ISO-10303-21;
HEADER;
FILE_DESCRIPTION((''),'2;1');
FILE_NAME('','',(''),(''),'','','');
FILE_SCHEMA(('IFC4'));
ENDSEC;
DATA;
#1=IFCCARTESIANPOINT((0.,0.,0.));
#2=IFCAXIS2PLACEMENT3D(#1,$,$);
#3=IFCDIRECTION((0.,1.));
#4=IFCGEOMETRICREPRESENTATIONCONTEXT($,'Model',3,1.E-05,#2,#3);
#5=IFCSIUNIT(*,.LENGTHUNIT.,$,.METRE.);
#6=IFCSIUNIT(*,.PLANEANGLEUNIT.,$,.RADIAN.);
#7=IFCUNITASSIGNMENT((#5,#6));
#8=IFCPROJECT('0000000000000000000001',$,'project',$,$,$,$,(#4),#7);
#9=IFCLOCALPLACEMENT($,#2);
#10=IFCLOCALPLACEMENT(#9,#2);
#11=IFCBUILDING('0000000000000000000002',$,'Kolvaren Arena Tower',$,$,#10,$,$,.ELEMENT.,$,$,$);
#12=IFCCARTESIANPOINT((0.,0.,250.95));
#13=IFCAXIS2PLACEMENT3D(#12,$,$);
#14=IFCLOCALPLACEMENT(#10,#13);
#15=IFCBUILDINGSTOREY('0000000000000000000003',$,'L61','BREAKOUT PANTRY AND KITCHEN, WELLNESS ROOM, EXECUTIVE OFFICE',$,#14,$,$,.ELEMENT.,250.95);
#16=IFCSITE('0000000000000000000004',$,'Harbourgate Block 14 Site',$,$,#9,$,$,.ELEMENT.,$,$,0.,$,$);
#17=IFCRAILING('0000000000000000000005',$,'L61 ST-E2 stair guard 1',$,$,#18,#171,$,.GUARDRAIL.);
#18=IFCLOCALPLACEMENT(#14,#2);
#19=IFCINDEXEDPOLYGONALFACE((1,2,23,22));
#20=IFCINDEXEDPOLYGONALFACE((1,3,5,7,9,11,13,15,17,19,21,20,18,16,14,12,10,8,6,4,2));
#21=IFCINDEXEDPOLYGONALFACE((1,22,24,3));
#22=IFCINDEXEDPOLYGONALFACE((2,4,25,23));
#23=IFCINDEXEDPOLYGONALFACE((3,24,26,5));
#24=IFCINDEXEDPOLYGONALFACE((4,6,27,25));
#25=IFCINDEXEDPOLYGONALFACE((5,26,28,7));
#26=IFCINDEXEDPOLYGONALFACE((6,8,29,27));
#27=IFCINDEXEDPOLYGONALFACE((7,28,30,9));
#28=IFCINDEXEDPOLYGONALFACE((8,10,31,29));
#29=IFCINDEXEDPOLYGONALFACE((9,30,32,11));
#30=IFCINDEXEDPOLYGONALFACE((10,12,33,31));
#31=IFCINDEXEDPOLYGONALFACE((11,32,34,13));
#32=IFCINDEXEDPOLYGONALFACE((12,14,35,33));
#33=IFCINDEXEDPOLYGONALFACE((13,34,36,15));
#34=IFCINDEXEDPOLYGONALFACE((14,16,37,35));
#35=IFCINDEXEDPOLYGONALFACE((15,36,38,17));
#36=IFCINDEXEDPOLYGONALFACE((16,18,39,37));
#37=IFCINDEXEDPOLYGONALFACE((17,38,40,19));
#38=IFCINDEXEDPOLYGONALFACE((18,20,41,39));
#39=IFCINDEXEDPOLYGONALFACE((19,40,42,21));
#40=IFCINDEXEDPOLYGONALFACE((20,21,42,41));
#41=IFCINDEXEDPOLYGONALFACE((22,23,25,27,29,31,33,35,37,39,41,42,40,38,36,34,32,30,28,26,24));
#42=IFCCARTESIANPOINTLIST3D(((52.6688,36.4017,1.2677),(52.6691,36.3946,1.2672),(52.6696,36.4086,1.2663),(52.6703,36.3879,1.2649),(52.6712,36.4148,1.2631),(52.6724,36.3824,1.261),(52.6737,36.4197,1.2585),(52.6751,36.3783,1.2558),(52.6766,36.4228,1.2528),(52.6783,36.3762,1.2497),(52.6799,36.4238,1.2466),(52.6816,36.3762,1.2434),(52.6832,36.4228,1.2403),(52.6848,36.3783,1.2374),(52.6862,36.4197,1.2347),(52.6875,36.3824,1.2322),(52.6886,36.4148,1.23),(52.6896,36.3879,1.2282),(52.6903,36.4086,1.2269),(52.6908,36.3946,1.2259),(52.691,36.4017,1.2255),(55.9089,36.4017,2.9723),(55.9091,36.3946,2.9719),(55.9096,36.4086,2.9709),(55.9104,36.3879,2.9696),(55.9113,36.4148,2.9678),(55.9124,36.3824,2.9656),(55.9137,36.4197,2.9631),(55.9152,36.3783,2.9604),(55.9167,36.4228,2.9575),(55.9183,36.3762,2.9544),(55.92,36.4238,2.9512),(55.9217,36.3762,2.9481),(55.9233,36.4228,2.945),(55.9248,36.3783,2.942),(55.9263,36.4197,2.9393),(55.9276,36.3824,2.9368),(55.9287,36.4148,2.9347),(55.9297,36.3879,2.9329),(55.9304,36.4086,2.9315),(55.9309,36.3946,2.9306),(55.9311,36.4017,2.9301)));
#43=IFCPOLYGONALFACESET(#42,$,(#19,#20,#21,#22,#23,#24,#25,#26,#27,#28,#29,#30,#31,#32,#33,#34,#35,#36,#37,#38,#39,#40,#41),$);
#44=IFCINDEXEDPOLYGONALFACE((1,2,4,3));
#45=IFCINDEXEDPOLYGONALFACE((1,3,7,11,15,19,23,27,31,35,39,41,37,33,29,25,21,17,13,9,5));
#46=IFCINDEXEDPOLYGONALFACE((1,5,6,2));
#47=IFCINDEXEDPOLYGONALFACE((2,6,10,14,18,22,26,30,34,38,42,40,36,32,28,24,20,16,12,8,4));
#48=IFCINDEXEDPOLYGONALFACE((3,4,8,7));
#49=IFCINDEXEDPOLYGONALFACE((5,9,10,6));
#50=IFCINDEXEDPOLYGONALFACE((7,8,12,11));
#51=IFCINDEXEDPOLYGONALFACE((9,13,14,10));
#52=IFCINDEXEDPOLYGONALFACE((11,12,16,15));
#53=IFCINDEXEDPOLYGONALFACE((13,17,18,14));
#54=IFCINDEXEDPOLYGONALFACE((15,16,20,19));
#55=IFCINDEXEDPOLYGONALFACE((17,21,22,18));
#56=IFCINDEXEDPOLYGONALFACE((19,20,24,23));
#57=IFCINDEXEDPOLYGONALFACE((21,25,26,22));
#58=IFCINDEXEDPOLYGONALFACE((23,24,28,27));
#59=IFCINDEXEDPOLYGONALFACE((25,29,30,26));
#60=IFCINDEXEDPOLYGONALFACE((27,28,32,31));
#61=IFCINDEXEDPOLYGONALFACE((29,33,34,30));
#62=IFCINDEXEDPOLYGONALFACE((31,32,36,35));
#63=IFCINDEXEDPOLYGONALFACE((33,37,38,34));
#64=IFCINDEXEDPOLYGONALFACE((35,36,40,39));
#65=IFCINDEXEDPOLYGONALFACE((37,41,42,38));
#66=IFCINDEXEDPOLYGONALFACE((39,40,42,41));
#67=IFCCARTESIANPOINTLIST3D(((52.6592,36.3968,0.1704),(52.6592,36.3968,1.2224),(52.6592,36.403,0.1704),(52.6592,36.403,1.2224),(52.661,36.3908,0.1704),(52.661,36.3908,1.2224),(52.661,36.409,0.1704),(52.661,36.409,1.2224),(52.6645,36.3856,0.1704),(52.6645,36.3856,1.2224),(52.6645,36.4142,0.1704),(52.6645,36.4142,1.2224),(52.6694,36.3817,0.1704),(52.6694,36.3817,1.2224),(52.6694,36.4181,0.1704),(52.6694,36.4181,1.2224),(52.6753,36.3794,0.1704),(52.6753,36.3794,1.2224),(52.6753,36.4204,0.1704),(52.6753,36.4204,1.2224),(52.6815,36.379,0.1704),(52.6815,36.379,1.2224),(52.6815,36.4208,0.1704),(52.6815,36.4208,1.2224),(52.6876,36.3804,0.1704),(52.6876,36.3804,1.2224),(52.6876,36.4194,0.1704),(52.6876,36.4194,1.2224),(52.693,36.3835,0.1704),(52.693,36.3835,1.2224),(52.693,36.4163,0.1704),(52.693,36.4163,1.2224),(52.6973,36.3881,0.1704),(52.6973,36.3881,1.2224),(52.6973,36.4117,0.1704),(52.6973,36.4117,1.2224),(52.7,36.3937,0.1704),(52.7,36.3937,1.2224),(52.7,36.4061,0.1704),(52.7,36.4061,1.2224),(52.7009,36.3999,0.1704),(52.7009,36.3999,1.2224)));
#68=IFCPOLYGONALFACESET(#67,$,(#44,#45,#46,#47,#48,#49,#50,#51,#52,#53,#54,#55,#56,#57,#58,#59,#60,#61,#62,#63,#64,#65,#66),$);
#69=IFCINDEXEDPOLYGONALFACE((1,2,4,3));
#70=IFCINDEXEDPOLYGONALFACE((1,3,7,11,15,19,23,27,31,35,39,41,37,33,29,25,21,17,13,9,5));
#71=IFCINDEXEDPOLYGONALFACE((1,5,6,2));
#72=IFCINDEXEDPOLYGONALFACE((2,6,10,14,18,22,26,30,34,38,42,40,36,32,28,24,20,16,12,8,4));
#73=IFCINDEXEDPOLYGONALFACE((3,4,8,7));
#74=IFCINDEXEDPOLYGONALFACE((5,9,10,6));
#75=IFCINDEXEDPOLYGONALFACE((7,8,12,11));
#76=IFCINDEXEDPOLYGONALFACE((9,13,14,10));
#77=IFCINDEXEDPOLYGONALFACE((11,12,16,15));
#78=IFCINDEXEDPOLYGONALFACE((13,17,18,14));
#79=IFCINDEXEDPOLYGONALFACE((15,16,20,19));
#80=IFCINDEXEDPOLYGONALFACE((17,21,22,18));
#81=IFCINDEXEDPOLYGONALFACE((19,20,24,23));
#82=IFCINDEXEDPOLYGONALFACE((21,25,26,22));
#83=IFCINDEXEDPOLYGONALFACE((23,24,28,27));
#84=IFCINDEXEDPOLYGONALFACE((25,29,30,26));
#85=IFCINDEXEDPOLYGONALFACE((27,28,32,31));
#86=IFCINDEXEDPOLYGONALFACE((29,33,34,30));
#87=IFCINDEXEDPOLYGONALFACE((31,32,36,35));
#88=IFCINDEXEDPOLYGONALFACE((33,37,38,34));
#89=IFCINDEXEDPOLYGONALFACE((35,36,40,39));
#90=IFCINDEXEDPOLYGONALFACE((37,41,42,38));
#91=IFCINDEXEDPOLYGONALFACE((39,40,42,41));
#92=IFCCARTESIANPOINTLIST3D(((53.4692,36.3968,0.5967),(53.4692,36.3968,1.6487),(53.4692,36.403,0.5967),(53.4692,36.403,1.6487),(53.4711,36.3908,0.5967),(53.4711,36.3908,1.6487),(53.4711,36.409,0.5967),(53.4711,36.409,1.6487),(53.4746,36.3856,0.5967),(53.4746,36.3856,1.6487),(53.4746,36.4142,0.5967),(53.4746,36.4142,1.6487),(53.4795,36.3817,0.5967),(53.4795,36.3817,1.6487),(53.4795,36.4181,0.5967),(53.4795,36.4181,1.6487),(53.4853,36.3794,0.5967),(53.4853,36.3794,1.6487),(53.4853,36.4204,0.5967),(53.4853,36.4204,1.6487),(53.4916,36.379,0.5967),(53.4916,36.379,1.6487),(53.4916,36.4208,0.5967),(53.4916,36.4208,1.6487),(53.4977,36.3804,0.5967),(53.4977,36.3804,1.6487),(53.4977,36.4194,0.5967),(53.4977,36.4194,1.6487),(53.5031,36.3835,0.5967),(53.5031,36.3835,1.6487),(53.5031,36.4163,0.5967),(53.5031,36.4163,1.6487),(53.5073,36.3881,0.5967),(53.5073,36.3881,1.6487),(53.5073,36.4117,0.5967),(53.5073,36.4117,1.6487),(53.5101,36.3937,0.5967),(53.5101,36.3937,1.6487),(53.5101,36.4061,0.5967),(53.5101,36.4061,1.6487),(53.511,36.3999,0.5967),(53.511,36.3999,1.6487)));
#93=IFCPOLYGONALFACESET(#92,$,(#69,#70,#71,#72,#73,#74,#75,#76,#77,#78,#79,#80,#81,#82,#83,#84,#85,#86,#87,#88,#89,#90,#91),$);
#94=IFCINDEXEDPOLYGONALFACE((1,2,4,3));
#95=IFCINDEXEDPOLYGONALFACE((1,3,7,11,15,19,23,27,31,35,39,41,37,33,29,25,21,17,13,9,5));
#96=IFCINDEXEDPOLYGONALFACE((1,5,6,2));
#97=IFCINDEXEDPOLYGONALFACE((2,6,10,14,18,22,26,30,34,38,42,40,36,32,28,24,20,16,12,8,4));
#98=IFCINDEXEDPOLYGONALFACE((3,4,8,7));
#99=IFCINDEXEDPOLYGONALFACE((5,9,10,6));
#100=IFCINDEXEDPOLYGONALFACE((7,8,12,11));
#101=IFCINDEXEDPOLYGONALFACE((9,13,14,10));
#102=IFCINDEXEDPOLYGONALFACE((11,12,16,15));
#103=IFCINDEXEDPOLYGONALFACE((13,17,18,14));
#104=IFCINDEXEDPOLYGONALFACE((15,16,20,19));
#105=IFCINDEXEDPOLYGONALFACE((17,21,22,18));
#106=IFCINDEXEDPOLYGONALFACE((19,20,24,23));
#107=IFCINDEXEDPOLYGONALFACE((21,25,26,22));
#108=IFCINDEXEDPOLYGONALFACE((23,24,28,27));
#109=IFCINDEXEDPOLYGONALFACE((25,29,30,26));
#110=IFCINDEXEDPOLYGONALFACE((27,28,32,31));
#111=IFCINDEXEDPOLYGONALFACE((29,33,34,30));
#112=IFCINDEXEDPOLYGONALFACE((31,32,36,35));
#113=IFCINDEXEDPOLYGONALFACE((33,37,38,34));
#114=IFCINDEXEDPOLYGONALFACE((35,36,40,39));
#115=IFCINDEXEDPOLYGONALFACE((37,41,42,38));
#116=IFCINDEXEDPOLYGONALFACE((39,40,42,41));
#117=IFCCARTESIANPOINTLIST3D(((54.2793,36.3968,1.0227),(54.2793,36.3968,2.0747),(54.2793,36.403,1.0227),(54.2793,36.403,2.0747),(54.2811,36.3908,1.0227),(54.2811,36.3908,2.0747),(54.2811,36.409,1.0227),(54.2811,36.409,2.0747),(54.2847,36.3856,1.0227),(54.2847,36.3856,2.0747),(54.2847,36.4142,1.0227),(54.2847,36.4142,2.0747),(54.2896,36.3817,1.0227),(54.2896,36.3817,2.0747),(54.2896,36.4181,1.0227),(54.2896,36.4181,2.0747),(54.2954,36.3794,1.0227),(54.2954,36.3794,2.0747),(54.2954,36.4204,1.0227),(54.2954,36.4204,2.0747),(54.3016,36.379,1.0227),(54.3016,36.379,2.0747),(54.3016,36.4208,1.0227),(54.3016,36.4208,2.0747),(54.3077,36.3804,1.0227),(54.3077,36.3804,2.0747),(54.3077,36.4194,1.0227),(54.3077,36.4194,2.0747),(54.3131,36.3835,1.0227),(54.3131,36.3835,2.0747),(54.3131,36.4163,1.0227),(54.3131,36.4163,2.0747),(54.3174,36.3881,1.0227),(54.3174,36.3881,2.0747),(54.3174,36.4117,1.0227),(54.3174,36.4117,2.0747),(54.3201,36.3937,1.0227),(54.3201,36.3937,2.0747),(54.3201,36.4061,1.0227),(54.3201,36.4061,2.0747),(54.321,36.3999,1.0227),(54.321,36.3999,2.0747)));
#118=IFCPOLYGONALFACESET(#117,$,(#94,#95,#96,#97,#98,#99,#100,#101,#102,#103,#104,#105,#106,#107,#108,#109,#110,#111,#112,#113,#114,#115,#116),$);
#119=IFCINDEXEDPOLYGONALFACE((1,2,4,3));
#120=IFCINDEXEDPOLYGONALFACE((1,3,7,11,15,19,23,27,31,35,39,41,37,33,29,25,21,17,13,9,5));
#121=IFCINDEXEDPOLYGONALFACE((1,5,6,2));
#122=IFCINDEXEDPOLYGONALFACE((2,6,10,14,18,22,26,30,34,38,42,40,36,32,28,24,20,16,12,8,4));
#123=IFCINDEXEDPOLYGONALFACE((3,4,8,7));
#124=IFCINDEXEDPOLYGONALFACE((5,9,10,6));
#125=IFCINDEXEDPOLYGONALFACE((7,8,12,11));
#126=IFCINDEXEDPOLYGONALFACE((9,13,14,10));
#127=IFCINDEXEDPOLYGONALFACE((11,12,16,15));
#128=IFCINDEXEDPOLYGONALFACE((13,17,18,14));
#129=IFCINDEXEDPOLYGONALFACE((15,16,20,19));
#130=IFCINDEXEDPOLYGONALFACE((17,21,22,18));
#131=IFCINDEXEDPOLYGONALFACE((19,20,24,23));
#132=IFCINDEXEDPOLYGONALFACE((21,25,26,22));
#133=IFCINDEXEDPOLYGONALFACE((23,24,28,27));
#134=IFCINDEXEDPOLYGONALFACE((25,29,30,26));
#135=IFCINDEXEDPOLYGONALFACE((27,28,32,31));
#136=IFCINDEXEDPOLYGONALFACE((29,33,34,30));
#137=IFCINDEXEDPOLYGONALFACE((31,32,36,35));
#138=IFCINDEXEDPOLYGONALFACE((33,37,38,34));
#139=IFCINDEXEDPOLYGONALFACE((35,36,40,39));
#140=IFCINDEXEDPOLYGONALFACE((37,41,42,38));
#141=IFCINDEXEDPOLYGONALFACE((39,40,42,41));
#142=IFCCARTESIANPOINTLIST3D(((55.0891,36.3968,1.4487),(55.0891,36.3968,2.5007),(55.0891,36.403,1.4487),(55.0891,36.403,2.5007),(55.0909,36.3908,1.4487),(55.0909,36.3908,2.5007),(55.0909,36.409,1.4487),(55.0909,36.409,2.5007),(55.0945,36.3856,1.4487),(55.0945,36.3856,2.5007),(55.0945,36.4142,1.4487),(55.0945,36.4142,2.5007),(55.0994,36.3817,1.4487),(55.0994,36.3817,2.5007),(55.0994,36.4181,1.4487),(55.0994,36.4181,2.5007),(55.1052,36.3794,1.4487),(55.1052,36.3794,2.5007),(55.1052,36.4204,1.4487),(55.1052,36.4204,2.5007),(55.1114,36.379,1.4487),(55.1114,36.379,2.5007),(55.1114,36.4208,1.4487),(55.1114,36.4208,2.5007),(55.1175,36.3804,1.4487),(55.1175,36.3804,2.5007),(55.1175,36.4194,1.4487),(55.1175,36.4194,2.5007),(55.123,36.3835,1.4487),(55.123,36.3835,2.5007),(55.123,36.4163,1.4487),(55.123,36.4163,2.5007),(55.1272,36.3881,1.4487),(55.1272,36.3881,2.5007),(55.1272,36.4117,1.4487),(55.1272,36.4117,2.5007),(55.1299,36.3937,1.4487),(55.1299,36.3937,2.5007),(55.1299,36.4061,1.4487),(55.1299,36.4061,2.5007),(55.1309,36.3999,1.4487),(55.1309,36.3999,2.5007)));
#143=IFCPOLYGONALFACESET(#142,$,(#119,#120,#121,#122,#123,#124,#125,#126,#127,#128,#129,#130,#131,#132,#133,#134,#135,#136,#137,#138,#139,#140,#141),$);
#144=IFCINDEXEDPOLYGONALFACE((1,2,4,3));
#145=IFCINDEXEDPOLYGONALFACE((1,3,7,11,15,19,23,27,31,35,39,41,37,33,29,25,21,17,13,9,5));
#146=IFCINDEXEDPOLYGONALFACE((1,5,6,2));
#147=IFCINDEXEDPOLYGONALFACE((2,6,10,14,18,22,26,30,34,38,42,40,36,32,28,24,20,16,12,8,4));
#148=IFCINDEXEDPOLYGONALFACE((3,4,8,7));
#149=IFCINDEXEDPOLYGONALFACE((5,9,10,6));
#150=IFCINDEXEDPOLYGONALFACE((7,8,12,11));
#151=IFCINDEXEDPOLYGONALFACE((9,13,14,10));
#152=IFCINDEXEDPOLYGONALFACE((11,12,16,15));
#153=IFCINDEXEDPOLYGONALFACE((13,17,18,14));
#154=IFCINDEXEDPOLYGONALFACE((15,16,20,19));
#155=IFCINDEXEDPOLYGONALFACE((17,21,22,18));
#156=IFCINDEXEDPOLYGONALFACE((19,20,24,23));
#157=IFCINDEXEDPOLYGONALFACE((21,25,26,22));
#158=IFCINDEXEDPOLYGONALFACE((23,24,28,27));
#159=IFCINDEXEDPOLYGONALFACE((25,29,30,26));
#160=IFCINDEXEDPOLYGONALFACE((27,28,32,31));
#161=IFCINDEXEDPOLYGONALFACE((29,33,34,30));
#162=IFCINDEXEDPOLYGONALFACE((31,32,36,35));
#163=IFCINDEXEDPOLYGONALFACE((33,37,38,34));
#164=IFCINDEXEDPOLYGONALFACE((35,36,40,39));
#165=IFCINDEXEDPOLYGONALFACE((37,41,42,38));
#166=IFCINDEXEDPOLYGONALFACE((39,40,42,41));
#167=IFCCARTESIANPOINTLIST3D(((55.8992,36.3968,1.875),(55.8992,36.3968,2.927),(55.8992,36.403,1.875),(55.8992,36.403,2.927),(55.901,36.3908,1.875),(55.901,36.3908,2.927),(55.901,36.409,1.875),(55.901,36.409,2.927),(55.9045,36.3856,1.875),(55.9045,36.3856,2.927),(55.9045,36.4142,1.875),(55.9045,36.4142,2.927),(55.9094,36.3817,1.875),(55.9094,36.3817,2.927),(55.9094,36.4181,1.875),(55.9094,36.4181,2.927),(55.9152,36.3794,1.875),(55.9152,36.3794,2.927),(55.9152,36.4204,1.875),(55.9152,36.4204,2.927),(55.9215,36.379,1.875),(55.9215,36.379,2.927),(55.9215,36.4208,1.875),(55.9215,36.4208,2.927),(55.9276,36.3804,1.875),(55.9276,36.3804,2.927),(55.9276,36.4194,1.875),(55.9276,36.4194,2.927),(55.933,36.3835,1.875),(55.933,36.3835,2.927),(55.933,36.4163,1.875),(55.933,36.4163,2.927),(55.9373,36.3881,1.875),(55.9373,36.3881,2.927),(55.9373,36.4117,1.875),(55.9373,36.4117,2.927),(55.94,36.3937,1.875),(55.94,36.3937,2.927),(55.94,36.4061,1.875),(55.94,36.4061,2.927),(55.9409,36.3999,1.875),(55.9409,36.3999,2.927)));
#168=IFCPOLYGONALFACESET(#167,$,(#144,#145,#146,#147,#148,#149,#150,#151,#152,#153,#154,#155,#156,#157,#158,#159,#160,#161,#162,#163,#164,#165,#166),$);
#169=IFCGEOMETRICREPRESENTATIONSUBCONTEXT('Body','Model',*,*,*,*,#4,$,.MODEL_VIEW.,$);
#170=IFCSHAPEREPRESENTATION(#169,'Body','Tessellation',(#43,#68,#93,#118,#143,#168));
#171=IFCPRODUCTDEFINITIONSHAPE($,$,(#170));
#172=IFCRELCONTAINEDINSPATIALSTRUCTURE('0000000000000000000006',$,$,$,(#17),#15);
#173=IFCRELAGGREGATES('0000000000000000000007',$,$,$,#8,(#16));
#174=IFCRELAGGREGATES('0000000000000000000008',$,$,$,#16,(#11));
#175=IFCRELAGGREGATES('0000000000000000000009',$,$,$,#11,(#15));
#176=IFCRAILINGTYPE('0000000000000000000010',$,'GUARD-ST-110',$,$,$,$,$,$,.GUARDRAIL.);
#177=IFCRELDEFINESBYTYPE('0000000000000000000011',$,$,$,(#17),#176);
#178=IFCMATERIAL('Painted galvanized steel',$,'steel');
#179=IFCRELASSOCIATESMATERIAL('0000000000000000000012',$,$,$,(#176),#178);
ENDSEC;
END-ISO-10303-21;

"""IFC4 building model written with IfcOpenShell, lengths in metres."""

from ifc_helpers import new_model, si_unit, direction, frame, origin, origin_2d, place, context, subcontext, project, spatial, circle, extrude, material, type_object, element, save


model = new_model("IFC4")

# Units and contexts
model_context = context("Model", 3, precision=1e-05, world=origin(), true_north=direction((0.0, 1.0)))
body_context = subcontext(model_context, "Body", "Model", "MODEL_VIEW")
ifc_project = project(units=[si_unit("LENGTHUNIT", "METRE"), si_unit("PLANEANGLEUNIT", "RADIAN")], contexts=[model_context])

# Site, building, storey
site_placement = place(None, origin())
site = spatial("IfcSite", under=ifc_project, at=site_placement, Name="Harbourgate Block 14 Site", CompositionType="ELEMENT", RefElevation=0.0)
building_placement = place(site_placement, origin())
building = spatial("IfcBuilding", under=site, at=building_placement, Name="Kolvaren Arena Tower", CompositionType="ELEMENT")
storey_placement = place(building_placement, frame((0.0, 0.0, 250.95)))
storey = spatial("IfcBuildingStorey", under=building, at=storey_placement, Name="L61", Description="BREAKOUT PANTRY AND KITCHEN, WELLNESS ROOM, EXECUTIVE OFFICE", CompositionType="ELEMENT", Elevation=250.95)

# Railing
ifc_material_1 = material(Name="Painted galvanized steel", Category="steel")
railing_type = type_object("IfcRailingType", Name="GUARD-ST-110", PredefinedType="GUARDRAIL", material=ifc_material_1)
railing_1_placement = place(storey_placement, frame((52.6799, 36.3999, 0.1704)))
element("IfcRailing", 1, at=railing_1_placement, inside=storey, type_object=railing_type, Name="L61 ST-E2 stair guard 1", PredefinedType="GUARDRAIL", context=body_context, shape_type="SweptSolid", body=[
    extrude(circle(Radius=0.0239, at=origin_2d()), frame((0.0, 0.0, 1.0762), z_axis=(0.884993, 0.0, 0.465604), x_axis=(0.0, 1.0, 0.0)), (0.0, 0.0, 1.0), 3.6611),
    extrude(circle(Radius=0.021, at=origin_2d()), origin(), (0.0, 0.0, 1.0), 1.052),
    extrude(circle(Radius=0.021, at=origin_2d()), frame((0.8101, 0.0, 0.4263)), (0.0, 0.0, 1.0), 1.052),
    extrude(circle(Radius=0.021, at=origin_2d()), frame((1.6201, 0.0, 0.8523)), (0.0, 0.0, 1.0), 1.052),
    extrude(circle(Radius=0.021, at=origin_2d()), frame((2.4299, 0.0, 1.2783)), (0.0, 0.0, 1.0), 1.052),
    extrude(circle(Radius=0.021, at=origin_2d()), frame((3.24, 0.0, 1.7046)), (0.0, 0.0, 1.0), 1.052),
])

save(model, "model.ifc")
